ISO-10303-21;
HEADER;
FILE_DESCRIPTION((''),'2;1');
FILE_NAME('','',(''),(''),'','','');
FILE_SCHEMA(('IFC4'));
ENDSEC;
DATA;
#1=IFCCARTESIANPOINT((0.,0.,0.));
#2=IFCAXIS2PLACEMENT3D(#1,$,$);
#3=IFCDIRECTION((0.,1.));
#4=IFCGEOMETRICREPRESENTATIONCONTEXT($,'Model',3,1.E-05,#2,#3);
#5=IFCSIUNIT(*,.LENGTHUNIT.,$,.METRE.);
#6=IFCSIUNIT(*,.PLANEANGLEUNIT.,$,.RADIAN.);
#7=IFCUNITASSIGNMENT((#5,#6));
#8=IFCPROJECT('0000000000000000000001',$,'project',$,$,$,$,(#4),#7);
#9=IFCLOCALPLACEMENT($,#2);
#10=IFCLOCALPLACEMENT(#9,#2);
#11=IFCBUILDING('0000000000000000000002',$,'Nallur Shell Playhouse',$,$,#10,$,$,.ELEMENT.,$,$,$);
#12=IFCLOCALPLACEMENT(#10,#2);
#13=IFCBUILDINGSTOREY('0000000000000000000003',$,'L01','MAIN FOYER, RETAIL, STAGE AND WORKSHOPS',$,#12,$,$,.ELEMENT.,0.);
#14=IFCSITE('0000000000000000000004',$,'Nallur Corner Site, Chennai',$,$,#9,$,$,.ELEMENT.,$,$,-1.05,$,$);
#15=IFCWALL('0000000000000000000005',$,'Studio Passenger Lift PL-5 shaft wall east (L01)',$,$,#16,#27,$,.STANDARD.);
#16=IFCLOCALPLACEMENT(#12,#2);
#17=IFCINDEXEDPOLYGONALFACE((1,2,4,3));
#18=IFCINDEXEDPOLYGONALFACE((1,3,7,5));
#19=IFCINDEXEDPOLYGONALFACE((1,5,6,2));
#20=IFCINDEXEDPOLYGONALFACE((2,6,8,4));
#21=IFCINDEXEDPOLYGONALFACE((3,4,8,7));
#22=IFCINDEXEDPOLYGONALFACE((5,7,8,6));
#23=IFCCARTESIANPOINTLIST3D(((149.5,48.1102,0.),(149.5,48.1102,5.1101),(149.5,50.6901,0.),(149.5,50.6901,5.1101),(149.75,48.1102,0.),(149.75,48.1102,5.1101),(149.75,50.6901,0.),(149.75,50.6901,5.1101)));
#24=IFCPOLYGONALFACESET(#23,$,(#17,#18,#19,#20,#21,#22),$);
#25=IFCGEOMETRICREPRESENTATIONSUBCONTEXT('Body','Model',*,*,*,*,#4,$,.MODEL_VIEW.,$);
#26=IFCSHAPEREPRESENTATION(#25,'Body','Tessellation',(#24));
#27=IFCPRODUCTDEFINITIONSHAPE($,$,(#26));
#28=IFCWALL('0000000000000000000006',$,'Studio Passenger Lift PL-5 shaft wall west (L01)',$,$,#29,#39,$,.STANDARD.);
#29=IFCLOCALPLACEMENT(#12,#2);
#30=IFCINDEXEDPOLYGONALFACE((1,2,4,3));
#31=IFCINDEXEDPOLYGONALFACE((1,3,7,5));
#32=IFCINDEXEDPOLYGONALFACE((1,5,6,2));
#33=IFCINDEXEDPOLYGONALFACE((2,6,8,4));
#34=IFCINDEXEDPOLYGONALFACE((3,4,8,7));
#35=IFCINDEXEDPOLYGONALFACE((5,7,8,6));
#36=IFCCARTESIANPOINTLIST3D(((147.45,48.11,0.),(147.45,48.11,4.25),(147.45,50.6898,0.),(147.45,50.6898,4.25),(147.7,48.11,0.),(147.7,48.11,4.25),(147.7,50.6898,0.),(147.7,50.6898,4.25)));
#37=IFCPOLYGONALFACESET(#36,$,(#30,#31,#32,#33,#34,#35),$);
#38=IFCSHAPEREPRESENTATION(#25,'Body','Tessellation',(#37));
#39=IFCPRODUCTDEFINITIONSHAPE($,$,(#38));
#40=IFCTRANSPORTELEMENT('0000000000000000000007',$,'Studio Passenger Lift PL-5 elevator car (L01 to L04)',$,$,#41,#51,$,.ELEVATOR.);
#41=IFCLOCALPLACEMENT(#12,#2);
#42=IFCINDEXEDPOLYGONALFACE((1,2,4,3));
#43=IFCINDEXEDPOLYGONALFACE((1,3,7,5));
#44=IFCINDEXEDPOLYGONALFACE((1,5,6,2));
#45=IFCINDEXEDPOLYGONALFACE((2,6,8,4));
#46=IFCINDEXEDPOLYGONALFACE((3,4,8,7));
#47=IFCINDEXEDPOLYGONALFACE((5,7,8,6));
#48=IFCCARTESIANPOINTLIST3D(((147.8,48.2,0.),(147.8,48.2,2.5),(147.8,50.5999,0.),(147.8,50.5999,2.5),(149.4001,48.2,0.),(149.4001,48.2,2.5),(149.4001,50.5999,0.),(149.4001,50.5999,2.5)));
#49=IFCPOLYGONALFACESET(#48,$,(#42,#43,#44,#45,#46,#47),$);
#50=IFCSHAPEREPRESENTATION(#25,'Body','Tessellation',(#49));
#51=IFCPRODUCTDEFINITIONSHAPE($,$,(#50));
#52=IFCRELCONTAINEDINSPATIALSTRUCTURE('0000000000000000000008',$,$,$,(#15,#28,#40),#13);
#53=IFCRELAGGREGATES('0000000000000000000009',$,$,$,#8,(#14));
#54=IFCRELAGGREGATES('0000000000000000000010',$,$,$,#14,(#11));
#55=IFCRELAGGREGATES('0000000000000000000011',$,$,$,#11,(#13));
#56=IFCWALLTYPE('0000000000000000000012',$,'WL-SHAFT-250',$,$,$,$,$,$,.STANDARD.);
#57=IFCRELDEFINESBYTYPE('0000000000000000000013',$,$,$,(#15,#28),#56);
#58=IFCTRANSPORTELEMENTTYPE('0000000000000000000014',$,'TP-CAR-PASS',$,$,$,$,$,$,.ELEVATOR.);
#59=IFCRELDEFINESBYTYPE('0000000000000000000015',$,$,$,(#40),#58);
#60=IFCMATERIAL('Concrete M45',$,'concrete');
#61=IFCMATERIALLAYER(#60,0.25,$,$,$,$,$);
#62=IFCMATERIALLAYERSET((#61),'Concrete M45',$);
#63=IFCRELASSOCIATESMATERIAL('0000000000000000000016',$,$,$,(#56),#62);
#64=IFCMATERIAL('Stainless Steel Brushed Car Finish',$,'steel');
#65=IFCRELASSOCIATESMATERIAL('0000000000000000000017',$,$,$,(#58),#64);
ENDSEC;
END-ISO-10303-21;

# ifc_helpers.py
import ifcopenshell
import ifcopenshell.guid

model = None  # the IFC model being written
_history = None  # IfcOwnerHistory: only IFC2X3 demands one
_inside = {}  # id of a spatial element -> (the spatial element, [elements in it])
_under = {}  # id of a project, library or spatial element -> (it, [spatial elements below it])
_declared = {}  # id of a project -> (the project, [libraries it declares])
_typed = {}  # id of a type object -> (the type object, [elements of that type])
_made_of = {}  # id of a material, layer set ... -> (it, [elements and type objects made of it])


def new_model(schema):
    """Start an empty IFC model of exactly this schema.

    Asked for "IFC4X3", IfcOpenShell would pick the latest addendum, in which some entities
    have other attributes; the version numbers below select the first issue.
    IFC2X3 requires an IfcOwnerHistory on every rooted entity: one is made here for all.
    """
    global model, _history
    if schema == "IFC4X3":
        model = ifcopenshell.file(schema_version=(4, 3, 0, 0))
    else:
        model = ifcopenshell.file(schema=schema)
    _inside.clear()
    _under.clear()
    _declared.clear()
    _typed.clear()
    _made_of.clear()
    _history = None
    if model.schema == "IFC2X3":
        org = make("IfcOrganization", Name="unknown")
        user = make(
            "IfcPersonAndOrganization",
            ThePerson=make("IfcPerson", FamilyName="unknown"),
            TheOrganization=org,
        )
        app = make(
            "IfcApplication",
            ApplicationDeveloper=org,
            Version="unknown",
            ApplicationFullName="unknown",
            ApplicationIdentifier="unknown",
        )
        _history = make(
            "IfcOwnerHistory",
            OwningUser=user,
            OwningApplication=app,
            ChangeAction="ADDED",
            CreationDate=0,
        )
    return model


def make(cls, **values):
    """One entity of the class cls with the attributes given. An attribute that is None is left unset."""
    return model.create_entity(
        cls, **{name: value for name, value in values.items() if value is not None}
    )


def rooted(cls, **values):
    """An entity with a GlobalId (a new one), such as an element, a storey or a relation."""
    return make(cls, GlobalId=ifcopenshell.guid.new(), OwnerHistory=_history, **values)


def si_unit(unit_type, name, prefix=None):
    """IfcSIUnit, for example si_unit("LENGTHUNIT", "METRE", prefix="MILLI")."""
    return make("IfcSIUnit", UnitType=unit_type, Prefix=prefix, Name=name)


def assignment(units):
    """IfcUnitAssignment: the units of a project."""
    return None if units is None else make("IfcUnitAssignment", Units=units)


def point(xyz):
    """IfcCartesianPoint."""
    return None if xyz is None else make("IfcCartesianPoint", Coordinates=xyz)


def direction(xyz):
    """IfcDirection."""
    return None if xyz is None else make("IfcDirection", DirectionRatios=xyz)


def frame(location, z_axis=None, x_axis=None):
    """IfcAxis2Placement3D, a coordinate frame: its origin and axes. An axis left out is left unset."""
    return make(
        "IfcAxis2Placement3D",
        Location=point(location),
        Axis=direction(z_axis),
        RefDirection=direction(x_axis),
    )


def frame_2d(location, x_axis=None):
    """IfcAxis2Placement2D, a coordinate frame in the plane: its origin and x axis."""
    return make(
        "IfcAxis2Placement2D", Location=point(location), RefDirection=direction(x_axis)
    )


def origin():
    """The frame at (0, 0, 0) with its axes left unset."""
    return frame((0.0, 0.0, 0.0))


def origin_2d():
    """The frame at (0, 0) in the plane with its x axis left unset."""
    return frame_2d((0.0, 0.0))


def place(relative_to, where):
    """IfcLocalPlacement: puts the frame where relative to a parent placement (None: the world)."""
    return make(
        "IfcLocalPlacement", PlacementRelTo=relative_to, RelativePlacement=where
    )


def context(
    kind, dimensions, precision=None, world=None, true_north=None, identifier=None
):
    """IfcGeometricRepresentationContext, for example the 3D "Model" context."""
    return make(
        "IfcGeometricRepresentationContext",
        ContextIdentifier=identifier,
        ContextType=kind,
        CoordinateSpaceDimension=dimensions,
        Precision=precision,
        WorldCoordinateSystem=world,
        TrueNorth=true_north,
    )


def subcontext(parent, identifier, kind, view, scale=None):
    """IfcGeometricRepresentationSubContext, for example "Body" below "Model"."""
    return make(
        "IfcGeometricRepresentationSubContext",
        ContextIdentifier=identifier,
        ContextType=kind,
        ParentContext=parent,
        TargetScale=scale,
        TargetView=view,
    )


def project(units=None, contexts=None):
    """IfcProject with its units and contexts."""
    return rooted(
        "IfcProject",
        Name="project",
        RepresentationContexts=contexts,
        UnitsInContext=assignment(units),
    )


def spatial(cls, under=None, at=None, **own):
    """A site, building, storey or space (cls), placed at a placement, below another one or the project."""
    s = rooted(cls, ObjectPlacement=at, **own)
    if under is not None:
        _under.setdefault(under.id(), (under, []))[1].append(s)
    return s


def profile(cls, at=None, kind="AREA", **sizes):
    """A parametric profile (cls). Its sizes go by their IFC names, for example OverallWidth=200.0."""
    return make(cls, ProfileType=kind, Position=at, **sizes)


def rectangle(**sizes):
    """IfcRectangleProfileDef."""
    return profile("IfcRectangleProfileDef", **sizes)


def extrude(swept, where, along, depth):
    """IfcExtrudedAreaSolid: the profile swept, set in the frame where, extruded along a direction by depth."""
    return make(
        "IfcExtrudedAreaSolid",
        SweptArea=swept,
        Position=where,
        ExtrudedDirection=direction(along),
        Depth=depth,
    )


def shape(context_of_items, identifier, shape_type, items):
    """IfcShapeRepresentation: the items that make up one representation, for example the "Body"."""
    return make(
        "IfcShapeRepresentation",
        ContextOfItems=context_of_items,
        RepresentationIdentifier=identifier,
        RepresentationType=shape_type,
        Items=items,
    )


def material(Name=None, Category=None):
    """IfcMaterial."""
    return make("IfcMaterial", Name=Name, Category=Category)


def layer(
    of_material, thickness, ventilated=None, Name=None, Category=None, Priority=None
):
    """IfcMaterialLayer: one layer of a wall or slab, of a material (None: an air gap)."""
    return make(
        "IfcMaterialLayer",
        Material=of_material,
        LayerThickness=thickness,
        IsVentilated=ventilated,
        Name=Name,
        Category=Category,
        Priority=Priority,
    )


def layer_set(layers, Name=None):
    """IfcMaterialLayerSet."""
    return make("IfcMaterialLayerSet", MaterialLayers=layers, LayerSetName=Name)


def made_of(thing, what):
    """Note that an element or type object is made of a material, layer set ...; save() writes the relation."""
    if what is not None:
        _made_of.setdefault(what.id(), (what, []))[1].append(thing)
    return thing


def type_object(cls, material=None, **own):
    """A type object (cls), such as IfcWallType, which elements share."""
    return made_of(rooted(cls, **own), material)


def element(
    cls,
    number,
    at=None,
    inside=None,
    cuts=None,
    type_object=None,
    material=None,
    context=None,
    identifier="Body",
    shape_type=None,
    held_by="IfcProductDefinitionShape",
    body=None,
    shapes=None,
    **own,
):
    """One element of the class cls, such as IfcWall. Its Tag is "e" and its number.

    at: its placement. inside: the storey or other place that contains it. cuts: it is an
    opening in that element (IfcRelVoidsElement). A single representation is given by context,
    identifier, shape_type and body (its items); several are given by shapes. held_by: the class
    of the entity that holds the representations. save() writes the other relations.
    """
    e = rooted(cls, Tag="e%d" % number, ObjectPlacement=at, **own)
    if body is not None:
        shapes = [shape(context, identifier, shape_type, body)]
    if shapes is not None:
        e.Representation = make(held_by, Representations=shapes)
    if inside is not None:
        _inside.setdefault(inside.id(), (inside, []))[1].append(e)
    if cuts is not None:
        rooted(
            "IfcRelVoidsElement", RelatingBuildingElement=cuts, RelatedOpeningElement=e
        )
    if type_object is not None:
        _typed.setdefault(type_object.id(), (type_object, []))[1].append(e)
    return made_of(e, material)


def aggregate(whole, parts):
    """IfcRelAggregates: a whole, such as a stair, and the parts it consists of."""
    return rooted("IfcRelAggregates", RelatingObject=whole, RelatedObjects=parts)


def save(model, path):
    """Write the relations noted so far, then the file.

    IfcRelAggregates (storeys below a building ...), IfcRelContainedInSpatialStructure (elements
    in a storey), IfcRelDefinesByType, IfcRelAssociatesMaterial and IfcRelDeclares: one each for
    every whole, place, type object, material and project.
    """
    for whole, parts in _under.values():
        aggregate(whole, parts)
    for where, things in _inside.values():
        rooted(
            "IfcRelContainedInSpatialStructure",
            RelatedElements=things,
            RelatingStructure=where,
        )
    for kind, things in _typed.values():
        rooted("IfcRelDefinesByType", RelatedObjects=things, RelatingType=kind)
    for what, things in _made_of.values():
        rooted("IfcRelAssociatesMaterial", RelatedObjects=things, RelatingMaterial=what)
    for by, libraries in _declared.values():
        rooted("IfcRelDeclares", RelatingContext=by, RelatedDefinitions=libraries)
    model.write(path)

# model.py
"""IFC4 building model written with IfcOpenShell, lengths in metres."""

from ifc_helpers import new_model, si_unit, direction, frame, frame_2d, origin, origin_2d, place, context, subcontext, project, spatial, rectangle, extrude, material, layer, layer_set, type_object, element, save


model = new_model("IFC4")

# Units and contexts
model_context = context("Model", 3, precision=1e-05, world=origin(), true_north=direction((0.0, 1.0)))
body_context = subcontext(model_context, "Body", "Model", "MODEL_VIEW")
ifc_project = project(units=[si_unit("LENGTHUNIT", "METRE"), si_unit("PLANEANGLEUNIT", "RADIAN")], contexts=[model_context])

# Site, building, storey
site_placement = place(None, origin())
site = spatial("IfcSite", under=ifc_project, at=site_placement, Name="Nallur Corner Site, Chennai", CompositionType="ELEMENT", RefElevation=-1.05)
building_placement = place(site_placement, origin())
building = spatial("IfcBuilding", under=site, at=building_placement, Name="Nallur Shell Playhouse", CompositionType="ELEMENT")
storey_placement = place(building_placement, origin())
storey = spatial("IfcBuildingStorey", under=building, at=storey_placement, Name="L01", Description="MAIN FOYER, RETAIL, STAGE AND WORKSHOPS", CompositionType="ELEMENT", Elevation=0.0)

# Shared definitions
ifc_material_1 = material(Name="Concrete M45", Category="concrete")

# Shared definitions
ifc_layer_1 = layer(ifc_material_1, 0.25)
ifc_layer_set_1 = layer_set([ifc_layer_1], Name="Concrete M45")
wall_type_1 = type_object("IfcWallType", Name="WL-SHAFT-250", PredefinedType="STANDARD", material=ifc_layer_set_1)

# Walls
wall_1_placement = place(storey_placement, frame((149.625, 48.1101, 0.0), z_axis=(0.0, 0.0, 1.0), x_axis=(0.0, 1.0, 0.0)))
element("IfcWall", 1, at=wall_1_placement, inside=storey, type_object=wall_type_1, Name="Studio Passenger Lift PL-5 shaft wall east (L01)", PredefinedType="STANDARD", context=body_context, shape_type="SweptSolid", body=[
    extrude(rectangle(XDim=2.5798, YDim=0.25, at=frame_2d((1.29, 0.0))), origin(), (0.0, 0.0, 1.0), 5.1101),
])
wall_2_placement = place(storey_placement, frame((147.575, 50.6899, 0.0), z_axis=(0.0, 0.0, 1.0), x_axis=(0.0, -1.0, 0.0)))
element("IfcWall", 2, at=wall_2_placement, inside=storey, type_object=wall_type_1, Name="Studio Passenger Lift PL-5 shaft wall west (L01)", PredefinedType="STANDARD", context=body_context, shape_type="SweptSolid", body=[
    extrude(rectangle(XDim=2.5798, YDim=0.25, at=frame_2d((1.29, 0.0))), origin(), (0.0, 0.0, 1.0), 4.25),
])

# Transport element
ifc_material_2 = material(Name="Stainless Steel Brushed Car Finish", Category="steel")
transport_element_type = type_object("IfcTransportElementType", Name="TP-CAR-PASS", PredefinedType="ELEVATOR", material=ifc_material_2)
transport_element_placement = place(storey_placement, frame((148.6001, 49.3999, 0.0), z_axis=(0.0, 0.0, 1.0), x_axis=(1.0, 0.0, 0.0)))
element("IfcTransportElement", 3, at=transport_element_placement, inside=storey, type_object=transport_element_type, Name="Studio Passenger Lift PL-5 elevator car (L01 to L04)", PredefinedType="ELEVATOR", context=body_context, shape_type="SweptSolid", body=[
    extrude(rectangle(XDim=1.6001, YDim=2.3999, at=origin_2d()), origin(), (0.0, 0.0, 1.0), 2.5),
])

save(model, "model.ifc")
